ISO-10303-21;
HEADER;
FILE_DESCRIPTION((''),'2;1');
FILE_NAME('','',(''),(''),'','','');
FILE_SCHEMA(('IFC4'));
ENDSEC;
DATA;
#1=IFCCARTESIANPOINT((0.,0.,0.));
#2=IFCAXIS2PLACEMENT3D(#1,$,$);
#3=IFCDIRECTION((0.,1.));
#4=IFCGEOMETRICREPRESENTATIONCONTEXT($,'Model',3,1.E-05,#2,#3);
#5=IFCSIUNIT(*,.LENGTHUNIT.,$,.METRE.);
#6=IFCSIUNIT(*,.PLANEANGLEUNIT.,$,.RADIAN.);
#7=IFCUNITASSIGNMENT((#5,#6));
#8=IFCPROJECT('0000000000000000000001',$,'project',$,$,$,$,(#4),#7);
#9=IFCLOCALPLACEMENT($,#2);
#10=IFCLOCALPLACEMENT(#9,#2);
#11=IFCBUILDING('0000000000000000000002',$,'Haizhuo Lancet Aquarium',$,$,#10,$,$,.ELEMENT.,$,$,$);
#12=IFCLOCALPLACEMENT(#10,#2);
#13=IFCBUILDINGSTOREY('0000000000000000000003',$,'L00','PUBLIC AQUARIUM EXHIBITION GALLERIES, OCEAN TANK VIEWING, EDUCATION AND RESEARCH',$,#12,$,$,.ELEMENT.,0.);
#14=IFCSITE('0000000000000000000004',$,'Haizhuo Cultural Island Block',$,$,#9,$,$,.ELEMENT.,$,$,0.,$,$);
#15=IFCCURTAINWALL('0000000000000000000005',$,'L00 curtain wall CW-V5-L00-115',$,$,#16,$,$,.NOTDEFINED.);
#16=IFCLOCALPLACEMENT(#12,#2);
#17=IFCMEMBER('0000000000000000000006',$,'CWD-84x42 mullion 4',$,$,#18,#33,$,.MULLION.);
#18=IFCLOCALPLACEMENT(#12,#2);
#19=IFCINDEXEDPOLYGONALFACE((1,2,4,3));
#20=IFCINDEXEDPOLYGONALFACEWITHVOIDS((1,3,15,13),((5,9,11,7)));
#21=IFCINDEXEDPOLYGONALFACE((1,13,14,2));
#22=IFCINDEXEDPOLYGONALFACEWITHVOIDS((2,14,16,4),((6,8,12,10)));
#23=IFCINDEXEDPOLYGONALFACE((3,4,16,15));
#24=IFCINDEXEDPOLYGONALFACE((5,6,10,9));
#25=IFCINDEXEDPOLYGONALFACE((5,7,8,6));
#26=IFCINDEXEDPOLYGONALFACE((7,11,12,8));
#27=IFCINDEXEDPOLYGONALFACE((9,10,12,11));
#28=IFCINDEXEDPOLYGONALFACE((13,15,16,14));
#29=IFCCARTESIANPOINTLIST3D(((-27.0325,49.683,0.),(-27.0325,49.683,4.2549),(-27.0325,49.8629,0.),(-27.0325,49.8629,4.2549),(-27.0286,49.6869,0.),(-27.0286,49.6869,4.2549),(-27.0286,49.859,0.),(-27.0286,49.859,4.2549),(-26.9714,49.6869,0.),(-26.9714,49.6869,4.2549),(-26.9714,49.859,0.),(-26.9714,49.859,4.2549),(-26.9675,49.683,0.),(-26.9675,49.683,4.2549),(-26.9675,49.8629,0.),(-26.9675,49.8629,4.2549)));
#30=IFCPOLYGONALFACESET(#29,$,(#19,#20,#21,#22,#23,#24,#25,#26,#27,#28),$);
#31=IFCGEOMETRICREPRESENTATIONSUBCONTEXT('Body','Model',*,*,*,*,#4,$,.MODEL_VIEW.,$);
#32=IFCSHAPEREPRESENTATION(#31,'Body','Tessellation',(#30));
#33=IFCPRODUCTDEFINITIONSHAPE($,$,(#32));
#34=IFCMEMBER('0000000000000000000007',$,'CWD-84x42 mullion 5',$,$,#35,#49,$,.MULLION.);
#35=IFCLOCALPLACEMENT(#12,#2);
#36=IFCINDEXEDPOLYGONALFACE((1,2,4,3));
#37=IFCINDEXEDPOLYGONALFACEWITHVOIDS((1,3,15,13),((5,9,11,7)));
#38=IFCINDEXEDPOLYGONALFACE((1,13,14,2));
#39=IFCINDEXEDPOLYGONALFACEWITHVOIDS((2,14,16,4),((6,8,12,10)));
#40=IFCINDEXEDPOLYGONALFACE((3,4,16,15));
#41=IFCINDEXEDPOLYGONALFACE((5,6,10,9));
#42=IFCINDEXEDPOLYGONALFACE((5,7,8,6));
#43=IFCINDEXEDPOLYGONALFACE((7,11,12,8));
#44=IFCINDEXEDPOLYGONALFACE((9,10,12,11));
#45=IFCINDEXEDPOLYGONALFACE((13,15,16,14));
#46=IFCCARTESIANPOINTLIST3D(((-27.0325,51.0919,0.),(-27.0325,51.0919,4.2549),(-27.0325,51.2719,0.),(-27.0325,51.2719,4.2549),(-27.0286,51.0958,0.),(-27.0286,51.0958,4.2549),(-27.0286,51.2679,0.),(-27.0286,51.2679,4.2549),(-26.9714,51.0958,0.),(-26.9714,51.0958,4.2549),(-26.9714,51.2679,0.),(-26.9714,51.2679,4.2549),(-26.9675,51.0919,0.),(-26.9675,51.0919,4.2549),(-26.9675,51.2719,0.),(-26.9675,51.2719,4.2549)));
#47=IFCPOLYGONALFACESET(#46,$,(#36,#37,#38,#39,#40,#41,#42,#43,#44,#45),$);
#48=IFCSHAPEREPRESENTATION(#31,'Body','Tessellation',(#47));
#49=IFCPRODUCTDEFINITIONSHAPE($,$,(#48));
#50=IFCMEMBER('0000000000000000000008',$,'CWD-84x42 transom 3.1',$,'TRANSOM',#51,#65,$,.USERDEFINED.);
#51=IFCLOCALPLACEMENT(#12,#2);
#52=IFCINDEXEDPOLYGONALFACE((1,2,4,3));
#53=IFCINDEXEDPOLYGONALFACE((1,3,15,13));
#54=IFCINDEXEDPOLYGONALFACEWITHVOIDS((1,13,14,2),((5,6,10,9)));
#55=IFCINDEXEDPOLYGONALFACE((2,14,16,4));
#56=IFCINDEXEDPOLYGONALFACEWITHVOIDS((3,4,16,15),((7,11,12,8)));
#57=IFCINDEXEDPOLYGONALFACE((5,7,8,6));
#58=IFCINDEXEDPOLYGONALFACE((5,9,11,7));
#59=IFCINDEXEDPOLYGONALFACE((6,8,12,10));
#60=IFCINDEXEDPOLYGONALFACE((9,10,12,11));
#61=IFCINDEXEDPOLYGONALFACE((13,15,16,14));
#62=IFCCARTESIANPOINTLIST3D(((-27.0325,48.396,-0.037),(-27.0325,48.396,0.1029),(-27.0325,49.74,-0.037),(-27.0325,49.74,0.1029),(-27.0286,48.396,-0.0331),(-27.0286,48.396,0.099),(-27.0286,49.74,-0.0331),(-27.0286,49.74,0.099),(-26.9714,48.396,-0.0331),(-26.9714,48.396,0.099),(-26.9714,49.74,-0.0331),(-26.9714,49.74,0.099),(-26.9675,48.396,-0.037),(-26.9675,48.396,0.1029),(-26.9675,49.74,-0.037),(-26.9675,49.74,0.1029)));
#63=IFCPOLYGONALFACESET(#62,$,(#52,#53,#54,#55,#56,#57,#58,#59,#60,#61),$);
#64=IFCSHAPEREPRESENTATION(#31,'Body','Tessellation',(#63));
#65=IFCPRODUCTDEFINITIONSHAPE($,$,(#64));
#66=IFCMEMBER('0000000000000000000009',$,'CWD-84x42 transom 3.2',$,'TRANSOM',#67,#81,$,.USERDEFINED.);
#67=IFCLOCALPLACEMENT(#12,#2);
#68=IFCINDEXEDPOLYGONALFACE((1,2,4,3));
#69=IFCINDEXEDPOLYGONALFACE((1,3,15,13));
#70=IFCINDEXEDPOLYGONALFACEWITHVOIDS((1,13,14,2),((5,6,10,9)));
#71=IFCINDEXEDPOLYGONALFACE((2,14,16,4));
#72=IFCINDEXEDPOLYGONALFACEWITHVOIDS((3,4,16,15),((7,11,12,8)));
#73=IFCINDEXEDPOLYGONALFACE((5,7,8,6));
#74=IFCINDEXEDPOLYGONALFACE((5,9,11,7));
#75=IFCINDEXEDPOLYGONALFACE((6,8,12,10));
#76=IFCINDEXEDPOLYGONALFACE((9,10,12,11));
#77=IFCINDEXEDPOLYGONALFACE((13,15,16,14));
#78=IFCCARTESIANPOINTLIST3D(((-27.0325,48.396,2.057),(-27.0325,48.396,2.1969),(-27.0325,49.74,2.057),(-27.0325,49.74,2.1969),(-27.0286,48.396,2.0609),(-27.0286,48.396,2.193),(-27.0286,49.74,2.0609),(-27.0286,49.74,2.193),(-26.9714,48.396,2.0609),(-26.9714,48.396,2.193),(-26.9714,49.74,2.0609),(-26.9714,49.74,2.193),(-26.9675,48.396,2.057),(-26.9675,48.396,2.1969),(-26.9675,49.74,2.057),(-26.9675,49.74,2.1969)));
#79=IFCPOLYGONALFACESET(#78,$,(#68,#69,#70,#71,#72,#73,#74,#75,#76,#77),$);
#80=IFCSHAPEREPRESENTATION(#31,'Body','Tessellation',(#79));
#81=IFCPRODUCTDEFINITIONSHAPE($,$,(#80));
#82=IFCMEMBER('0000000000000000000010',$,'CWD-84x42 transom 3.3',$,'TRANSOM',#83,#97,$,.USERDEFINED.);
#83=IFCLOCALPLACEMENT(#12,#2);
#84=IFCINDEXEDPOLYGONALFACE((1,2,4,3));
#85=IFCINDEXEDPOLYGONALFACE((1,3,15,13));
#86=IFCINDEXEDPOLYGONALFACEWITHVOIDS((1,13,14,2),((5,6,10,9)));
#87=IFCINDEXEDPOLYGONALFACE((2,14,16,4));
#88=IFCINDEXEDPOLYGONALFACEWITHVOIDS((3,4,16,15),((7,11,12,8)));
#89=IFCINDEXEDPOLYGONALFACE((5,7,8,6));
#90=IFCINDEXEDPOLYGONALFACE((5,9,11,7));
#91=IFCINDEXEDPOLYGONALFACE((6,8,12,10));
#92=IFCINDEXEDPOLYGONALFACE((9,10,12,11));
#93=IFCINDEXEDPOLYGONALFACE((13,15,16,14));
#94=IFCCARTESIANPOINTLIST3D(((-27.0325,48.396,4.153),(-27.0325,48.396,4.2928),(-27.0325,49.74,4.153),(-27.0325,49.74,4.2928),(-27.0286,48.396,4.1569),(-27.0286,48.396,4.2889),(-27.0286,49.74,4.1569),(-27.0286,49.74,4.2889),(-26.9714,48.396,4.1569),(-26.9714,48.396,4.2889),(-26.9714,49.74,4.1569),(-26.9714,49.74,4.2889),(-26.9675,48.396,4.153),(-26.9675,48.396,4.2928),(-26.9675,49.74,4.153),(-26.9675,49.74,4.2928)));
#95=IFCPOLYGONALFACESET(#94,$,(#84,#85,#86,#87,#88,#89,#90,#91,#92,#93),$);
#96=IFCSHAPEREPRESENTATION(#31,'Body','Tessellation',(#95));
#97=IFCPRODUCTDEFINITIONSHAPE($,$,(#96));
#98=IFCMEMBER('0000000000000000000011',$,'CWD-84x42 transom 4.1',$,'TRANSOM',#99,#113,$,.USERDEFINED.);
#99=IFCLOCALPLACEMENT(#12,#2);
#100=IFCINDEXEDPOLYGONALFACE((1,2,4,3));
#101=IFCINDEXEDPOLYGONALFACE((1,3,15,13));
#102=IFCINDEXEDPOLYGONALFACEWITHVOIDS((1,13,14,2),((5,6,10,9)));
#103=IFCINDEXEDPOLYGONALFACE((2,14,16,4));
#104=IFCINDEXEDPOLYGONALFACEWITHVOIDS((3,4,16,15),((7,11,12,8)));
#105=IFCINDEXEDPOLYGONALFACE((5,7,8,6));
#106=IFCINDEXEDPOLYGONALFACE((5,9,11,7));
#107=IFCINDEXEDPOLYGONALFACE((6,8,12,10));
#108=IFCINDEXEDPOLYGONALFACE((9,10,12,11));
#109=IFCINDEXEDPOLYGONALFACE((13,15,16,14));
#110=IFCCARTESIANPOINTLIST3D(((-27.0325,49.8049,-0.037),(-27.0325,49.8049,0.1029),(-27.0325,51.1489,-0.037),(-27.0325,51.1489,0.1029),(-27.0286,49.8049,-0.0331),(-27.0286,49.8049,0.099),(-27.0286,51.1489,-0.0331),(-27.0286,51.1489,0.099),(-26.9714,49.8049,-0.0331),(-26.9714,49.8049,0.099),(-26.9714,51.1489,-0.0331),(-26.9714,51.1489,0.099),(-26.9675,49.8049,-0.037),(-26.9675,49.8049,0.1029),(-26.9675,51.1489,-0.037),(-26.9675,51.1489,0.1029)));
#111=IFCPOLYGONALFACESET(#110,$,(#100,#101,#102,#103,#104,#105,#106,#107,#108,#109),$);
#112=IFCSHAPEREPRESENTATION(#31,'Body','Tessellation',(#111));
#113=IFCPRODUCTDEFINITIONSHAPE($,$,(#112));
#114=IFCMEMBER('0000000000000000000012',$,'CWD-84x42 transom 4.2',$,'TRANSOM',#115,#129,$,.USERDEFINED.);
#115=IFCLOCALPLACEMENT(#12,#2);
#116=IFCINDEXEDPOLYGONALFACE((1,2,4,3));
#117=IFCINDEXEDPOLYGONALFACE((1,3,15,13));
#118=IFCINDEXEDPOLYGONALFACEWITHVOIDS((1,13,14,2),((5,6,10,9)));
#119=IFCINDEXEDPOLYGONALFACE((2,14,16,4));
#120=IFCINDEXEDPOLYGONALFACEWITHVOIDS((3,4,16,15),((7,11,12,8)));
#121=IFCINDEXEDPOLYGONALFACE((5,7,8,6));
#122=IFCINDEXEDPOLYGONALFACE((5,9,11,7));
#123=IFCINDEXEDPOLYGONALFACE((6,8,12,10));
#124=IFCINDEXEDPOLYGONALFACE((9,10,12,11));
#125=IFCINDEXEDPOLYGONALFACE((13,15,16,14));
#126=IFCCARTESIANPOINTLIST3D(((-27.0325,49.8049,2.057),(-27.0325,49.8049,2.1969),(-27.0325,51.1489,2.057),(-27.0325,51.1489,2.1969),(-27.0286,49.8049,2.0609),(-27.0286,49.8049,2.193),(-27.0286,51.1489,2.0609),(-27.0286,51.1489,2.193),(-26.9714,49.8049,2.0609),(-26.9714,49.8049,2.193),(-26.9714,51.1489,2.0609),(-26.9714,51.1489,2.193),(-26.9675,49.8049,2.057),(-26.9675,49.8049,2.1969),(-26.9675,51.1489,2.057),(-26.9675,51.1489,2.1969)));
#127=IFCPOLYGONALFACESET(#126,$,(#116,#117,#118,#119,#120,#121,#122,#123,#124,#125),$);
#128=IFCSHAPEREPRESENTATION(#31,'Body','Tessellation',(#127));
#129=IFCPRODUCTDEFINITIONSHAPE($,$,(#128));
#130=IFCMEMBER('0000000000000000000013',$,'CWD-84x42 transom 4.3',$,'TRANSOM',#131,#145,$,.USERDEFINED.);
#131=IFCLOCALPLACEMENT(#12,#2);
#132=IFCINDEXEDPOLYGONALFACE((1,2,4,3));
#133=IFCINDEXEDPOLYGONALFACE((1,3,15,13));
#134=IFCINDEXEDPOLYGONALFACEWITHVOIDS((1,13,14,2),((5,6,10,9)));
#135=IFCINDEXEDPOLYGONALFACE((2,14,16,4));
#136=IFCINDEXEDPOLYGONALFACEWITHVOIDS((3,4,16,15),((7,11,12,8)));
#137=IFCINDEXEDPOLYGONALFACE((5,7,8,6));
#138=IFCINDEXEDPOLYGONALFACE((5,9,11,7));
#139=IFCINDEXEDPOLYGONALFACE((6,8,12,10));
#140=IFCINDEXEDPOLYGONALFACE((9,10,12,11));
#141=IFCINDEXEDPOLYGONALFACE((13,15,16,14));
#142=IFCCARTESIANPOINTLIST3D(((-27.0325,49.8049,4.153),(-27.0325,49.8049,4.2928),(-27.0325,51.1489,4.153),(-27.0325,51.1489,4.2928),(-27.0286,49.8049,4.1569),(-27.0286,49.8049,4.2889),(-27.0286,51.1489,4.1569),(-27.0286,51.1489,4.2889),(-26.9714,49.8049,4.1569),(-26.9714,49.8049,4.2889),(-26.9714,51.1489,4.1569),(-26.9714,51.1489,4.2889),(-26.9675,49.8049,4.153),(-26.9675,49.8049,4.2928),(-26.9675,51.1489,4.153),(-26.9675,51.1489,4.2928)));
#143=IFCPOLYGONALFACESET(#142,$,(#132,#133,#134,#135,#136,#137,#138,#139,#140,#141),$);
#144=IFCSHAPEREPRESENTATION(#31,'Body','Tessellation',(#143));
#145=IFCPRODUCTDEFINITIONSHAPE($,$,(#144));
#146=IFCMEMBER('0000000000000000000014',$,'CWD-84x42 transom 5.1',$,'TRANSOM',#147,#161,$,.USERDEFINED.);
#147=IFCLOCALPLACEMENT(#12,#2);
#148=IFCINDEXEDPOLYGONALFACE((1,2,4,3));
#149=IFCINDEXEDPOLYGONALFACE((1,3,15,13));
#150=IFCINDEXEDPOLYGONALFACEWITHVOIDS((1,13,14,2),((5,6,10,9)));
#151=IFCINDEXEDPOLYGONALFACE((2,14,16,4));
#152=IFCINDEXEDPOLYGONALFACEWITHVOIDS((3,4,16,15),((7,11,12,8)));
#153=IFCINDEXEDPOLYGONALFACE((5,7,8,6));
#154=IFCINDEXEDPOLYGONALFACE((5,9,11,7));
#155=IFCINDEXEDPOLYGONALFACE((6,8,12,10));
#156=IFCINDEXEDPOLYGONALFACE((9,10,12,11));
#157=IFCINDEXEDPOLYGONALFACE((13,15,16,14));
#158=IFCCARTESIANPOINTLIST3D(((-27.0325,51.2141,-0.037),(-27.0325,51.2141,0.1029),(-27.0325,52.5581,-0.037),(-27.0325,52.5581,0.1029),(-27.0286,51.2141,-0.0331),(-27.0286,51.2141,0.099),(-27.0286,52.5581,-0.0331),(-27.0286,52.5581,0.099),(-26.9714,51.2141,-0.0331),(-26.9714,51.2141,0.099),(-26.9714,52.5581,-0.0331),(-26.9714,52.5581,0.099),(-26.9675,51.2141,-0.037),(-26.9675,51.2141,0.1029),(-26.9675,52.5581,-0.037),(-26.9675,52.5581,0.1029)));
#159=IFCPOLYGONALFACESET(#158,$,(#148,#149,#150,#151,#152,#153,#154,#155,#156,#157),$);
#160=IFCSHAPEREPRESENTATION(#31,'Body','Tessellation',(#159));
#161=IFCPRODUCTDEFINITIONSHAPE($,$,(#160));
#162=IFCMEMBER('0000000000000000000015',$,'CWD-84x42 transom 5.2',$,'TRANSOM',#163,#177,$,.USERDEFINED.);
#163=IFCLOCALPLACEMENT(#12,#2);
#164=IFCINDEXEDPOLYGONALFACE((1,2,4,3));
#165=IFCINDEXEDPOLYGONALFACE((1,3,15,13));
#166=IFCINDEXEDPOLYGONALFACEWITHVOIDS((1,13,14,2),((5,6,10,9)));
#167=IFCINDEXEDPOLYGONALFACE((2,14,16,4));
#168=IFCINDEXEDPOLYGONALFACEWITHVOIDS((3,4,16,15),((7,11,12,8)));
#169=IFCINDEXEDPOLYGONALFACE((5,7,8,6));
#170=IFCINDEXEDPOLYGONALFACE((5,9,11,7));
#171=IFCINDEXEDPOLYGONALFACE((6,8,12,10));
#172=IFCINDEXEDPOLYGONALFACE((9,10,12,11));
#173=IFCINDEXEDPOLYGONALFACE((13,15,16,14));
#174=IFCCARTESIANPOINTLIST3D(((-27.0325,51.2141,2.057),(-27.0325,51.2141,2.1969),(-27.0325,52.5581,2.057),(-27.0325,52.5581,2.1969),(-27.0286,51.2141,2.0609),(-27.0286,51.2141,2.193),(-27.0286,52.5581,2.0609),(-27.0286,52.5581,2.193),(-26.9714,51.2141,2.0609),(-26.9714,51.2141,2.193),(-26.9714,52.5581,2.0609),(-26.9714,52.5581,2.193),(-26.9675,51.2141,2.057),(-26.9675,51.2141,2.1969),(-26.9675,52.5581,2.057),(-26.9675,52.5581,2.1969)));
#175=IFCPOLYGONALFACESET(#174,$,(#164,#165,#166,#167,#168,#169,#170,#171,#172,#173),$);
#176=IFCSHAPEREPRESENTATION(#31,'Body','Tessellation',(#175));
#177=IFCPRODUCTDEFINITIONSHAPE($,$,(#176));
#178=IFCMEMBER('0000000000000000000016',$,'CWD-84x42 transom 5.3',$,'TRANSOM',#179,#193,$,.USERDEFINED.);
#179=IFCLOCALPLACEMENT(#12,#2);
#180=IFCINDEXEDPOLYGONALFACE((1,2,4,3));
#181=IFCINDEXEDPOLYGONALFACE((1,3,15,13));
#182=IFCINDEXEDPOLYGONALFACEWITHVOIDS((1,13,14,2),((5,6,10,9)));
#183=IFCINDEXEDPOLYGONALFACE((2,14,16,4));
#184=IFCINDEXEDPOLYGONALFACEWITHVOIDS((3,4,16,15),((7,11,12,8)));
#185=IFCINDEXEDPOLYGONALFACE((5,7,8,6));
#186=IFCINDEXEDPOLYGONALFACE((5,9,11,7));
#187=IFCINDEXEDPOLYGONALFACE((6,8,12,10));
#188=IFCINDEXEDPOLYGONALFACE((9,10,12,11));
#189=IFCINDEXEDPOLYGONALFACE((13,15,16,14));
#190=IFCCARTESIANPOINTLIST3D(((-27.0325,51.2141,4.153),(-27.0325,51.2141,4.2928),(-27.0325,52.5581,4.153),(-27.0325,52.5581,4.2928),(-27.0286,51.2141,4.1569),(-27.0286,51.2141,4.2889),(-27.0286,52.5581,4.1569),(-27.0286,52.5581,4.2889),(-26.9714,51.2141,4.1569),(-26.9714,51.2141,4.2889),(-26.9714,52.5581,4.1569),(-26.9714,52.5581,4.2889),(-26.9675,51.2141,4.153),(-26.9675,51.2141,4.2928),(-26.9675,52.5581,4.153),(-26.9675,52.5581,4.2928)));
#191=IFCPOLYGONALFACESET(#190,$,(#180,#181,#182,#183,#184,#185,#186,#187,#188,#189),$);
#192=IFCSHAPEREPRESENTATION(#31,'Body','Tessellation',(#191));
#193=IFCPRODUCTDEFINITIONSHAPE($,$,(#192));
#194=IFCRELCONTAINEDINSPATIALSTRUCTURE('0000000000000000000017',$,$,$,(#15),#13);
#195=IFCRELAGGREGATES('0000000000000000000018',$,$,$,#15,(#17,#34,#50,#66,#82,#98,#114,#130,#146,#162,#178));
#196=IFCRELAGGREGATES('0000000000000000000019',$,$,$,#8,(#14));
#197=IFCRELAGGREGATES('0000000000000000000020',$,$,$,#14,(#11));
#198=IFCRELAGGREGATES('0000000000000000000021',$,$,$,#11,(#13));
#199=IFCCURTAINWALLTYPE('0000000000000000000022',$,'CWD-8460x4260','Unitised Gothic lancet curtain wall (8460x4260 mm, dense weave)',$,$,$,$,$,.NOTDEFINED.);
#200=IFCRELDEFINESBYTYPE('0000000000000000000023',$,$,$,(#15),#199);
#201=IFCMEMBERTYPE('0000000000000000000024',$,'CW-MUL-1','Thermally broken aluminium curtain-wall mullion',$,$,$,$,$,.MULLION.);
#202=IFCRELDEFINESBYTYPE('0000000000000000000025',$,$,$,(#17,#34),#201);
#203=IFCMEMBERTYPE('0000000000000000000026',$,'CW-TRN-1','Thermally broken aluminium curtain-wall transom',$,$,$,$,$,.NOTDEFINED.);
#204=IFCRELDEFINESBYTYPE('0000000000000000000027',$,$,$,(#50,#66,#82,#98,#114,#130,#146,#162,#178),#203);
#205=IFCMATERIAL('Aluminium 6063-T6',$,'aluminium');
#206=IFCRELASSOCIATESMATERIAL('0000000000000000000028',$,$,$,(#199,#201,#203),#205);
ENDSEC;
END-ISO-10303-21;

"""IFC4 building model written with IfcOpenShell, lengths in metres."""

from ifc_helpers import new_model, si_unit, direction, frame, origin, origin_2d, place, context, subcontext, project, spatial, hollow_rectangle, extrude, material, material_profile, profile_set, type_object, element, aggregate, save


model = new_model("IFC4")

# Units and contexts
model_context = context("Model", 3, precision=1e-05, world=origin(), true_north=direction((0.0, 1.0)))
body_context = subcontext(model_context, "Body", "Model", "MODEL_VIEW")
ifc_project = project(units=[si_unit("LENGTHUNIT", "METRE"), si_unit("PLANEANGLEUNIT", "RADIAN")], contexts=[model_context])

# Site, building, storey
site_placement = place(None, origin())
site = spatial("IfcSite", under=ifc_project, at=site_placement, Name="Haizhuo Cultural Island Block", CompositionType="ELEMENT", RefElevation=0.0)
building_placement = place(site_placement, origin())
building = spatial("IfcBuilding", under=site, at=building_placement, Name="Haizhuo Lancet Aquarium", CompositionType="ELEMENT")
storey_placement = place(building_placement, origin())
storey = spatial("IfcBuildingStorey", under=building, at=storey_placement, Name="L00", Description="PUBLIC AQUARIUM EXHIBITION GALLERIES, OCEAN TANK VIEWING, EDUCATION AND RESEARCH", CompositionType="ELEMENT", Elevation=0.0)

# Curtain wall, members
ifc_material_1 = material(Name="Aluminium 6063-T6", Category="aluminium")
curtain_wall_type = type_object("IfcCurtainWallType", Name="CWD-8460x4260", Description="Unitised Gothic lancet curtain wall (8460x4260 mm, dense weave)", PredefinedType="NOTDEFINED", material=ifc_material_1)
curtain_wall_placement = place(storey_placement, origin())
curtain_wall = element("IfcCurtainWall", 1, at=curtain_wall_placement, inside=storey, type_object=curtain_wall_type, Name="L00 curtain wall CW-V5-L00-115", PredefinedType="NOTDEFINED")
ifc_material_profile_1 = material_profile(ifc_material_1, hollow_rectangle(XDim=0.0649, YDim=0.1799, WallThickness=0.0039, at=origin_2d()), Name="ALU-M 65x180x4")
ifc_profile_set_1 = profile_set([ifc_material_profile_1], Name="Aluminium 6063-T6")
member_type_1 = type_object("IfcMemberType", Name="CW-MUL-1", Description="Thermally broken aluminium curtain-wall mullion", PredefinedType="MULLION", material=ifc_profile_set_1)
member_1_placement = place(storey_placement, frame((-27.0, 49.7729, 0.0), z_axis=(0.0, 0.0, 1.0), x_axis=(-1.0, 0.0, 0.0)))
member_1 = element("IfcMember", 2, at=member_1_placement, type_object=member_type_1, Name="CWD-84x42 mullion 4", PredefinedType="MULLION", context=body_context, shape_type="SweptSolid", body=[
    extrude(hollow_rectangle(XDim=0.0649, YDim=0.1799, WallThickness=0.0039, at=origin_2d()), origin(), (0.0, 0.0, 1.0), 4.2549),
])
member_2_placement = place(storey_placement, frame((-27.0, 51.1819, 0.0), z_axis=(0.0, 0.0, 1.0), x_axis=(-1.0, 0.0, 0.0)))
member_2 = element("IfcMember", 3, at=member_2_placement, type_object=member_type_1, Name="CWD-84x42 mullion 5", PredefinedType="MULLION", context=body_context, shape_type="SweptSolid", body=[
    extrude(hollow_rectangle(XDim=0.0649, YDim=0.1799, WallThickness=0.0039, at=origin_2d()), origin(), (0.0, 0.0, 1.0), 4.2549),
])
ifc_material_profile_2 = material_profile(ifc_material_1, hollow_rectangle(XDim=0.0649, YDim=0.1399, WallThickness=0.0039, at=origin_2d()), Name="ALU-T 65x140x4")
ifc_profile_set_2 = profile_set([ifc_material_profile_2], Name="Aluminium 6063-T6")
member_type_2 = type_object("IfcMemberType", Name="CW-TRN-1", Description="Thermally broken aluminium curtain-wall transom", PredefinedType="NOTDEFINED", material=ifc_profile_set_2)
member_3_placement = place(storey_placement, frame((-27.0, 48.396, 0.033), z_axis=(0.0, 1.0, 0.0), x_axis=(-1.0, 0.0, 0.0)))
member_3 = element("IfcMember", 4, at=member_3_placement, type_object=member_type_2, Name="CWD-84x42 transom 3.1", ObjectType="TRANSOM", PredefinedType="USERDEFINED", context=body_context, shape_type="SweptSolid", body=[
    extrude(hollow_rectangle(XDim=0.0649, YDim=0.1399, WallThickness=0.0039, at=origin_2d()), origin(), (0.0, 0.0, 1.0), 1.344),
])
member_4_placement = place(storey_placement, frame((-27.0, 48.396, 2.127), z_axis=(0.0, 1.0, 0.0), x_axis=(-1.0, 0.0, 0.0)))
member_4 = element("IfcMember", 5, at=member_4_placement, type_object=member_type_2, Name="CWD-84x42 transom 3.2", ObjectType="TRANSOM", PredefinedType="USERDEFINED", context=body_context, shape_type="SweptSolid", body=[
    extrude(hollow_rectangle(XDim=0.0649, YDim=0.1399, WallThickness=0.0039, at=origin_2d()), origin(), (0.0, 0.0, 1.0), 1.344),
])
member_5_placement = place(storey_placement, frame((-27.0, 48.396, 4.2229), z_axis=(0.0, 1.0, 0.0), x_axis=(-1.0, 0.0, 0.0)))
member_5 = element("IfcMember", 6, at=member_5_placement, type_object=member_type_2, Name="CWD-84x42 transom 3.3", ObjectType="TRANSOM", PredefinedType="USERDEFINED", context=body_context, shape_type="SweptSolid", body=[
    extrude(hollow_rectangle(XDim=0.0649, YDim=0.1399, WallThickness=0.0039, at=origin_2d()), origin(), (0.0, 0.0, 1.0), 1.344),
])
member_6_placement = place(storey_placement, frame((-27.0, 49.8049, 0.033), z_axis=(0.0, 1.0, 0.0), x_axis=(-1.0, 0.0, 0.0)))
member_6 = element("IfcMember", 7, at=member_6_placement, type_object=member_type_2, Name="CWD-84x42 transom 4.1", ObjectType="TRANSOM", PredefinedType="USERDEFINED", context=body_context, shape_type="SweptSolid", body=[
    extrude(hollow_rectangle(XDim=0.0649, YDim=0.1399, WallThickness=0.0039, at=origin_2d()), origin(), (0.0, 0.0, 1.0), 1.344),
])
member_7_placement = place(storey_placement, frame((-27.0, 49.8049, 2.127), z_axis=(0.0, 1.0, 0.0), x_axis=(-1.0, 0.0, 0.0)))
member_7 = element("IfcMember", 8, at=member_7_placement, type_object=member_type_2, Name="CWD-84x42 transom 4.2", ObjectType="TRANSOM", PredefinedType="USERDEFINED", context=body_context, shape_type="SweptSolid", body=[
    extrude(hollow_rectangle(XDim=0.0649, YDim=0.1399, WallThickness=0.0039, at=origin_2d()), origin(), (0.0, 0.0, 1.0), 1.344),
])
member_8_placement = place(storey_placement, frame((-27.0, 49.8049, 4.2229), z_axis=(0.0, 1.0, 0.0), x_axis=(-1.0, 0.0, 0.0)))
member_8 = element("IfcMember", 9, at=member_8_placement, type_object=member_type_2, Name="CWD-84x42 transom 4.3", ObjectType="TRANSOM", PredefinedType="USERDEFINED", context=body_context, shape_type="SweptSolid", body=[
    extrude(hollow_rectangle(XDim=0.0649, YDim=0.1399, WallThickness=0.0039, at=origin_2d()), origin(), (0.0, 0.0, 1.0), 1.344),
])
member_9_placement = place(storey_placement, frame((-27.0, 51.2141, 0.033), z_axis=(0.0, 1.0, 0.0), x_axis=(-1.0, 0.0, 0.0)))
member_9 = element("IfcMember", 10, at=member_9_placement, type_object=member_type_2, Name="CWD-84x42 transom 5.1", ObjectType="TRANSOM", PredefinedType="USERDEFINED", context=body_context, shape_type="SweptSolid", body=[
    extrude(hollow_rectangle(XDim=0.0649, YDim=0.1399, WallThickness=0.0039, at=origin_2d()), origin(), (0.0, 0.0, 1.0), 1.344),
])
member_10_placement = place(storey_placement, frame((-27.0, 51.2141, 2.127), z_axis=(0.0, 1.0, 0.0), x_axis=(-1.0, 0.0, 0.0)))
member_10 = element("IfcMember", 11, at=member_10_placement, type_object=member_type_2, Name="CWD-84x42 transom 5.2", ObjectType="TRANSOM", PredefinedType="USERDEFINED", context=body_context, shape_type="SweptSolid", body=[
    extrude(hollow_rectangle(XDim=0.0649, YDim=0.1399, WallThickness=0.0039, at=origin_2d()), origin(), (0.0, 0.0, 1.0), 1.344),
])
member_11_placement = place(storey_placement, frame((-27.0, 51.2141, 4.2229), z_axis=(0.0, 1.0, 0.0), x_axis=(-1.0, 0.0, 0.0)))
member_11 = element("IfcMember", 12, at=member_11_placement, type_object=member_type_2, Name="CWD-84x42 transom 5.3", ObjectType="TRANSOM", PredefinedType="USERDEFINED", context=body_context, shape_type="SweptSolid", body=[
    extrude(hollow_rectangle(XDim=0.0649, YDim=0.1399, WallThickness=0.0039, at=origin_2d()), origin(), (0.0, 0.0, 1.0), 1.344),
])

aggregate(curtain_wall, [member_1, member_2, member_3, member_4, member_5, member_6, member_7, member_8, member_9, member_10, member_11])

save(model, "model.ifc")
